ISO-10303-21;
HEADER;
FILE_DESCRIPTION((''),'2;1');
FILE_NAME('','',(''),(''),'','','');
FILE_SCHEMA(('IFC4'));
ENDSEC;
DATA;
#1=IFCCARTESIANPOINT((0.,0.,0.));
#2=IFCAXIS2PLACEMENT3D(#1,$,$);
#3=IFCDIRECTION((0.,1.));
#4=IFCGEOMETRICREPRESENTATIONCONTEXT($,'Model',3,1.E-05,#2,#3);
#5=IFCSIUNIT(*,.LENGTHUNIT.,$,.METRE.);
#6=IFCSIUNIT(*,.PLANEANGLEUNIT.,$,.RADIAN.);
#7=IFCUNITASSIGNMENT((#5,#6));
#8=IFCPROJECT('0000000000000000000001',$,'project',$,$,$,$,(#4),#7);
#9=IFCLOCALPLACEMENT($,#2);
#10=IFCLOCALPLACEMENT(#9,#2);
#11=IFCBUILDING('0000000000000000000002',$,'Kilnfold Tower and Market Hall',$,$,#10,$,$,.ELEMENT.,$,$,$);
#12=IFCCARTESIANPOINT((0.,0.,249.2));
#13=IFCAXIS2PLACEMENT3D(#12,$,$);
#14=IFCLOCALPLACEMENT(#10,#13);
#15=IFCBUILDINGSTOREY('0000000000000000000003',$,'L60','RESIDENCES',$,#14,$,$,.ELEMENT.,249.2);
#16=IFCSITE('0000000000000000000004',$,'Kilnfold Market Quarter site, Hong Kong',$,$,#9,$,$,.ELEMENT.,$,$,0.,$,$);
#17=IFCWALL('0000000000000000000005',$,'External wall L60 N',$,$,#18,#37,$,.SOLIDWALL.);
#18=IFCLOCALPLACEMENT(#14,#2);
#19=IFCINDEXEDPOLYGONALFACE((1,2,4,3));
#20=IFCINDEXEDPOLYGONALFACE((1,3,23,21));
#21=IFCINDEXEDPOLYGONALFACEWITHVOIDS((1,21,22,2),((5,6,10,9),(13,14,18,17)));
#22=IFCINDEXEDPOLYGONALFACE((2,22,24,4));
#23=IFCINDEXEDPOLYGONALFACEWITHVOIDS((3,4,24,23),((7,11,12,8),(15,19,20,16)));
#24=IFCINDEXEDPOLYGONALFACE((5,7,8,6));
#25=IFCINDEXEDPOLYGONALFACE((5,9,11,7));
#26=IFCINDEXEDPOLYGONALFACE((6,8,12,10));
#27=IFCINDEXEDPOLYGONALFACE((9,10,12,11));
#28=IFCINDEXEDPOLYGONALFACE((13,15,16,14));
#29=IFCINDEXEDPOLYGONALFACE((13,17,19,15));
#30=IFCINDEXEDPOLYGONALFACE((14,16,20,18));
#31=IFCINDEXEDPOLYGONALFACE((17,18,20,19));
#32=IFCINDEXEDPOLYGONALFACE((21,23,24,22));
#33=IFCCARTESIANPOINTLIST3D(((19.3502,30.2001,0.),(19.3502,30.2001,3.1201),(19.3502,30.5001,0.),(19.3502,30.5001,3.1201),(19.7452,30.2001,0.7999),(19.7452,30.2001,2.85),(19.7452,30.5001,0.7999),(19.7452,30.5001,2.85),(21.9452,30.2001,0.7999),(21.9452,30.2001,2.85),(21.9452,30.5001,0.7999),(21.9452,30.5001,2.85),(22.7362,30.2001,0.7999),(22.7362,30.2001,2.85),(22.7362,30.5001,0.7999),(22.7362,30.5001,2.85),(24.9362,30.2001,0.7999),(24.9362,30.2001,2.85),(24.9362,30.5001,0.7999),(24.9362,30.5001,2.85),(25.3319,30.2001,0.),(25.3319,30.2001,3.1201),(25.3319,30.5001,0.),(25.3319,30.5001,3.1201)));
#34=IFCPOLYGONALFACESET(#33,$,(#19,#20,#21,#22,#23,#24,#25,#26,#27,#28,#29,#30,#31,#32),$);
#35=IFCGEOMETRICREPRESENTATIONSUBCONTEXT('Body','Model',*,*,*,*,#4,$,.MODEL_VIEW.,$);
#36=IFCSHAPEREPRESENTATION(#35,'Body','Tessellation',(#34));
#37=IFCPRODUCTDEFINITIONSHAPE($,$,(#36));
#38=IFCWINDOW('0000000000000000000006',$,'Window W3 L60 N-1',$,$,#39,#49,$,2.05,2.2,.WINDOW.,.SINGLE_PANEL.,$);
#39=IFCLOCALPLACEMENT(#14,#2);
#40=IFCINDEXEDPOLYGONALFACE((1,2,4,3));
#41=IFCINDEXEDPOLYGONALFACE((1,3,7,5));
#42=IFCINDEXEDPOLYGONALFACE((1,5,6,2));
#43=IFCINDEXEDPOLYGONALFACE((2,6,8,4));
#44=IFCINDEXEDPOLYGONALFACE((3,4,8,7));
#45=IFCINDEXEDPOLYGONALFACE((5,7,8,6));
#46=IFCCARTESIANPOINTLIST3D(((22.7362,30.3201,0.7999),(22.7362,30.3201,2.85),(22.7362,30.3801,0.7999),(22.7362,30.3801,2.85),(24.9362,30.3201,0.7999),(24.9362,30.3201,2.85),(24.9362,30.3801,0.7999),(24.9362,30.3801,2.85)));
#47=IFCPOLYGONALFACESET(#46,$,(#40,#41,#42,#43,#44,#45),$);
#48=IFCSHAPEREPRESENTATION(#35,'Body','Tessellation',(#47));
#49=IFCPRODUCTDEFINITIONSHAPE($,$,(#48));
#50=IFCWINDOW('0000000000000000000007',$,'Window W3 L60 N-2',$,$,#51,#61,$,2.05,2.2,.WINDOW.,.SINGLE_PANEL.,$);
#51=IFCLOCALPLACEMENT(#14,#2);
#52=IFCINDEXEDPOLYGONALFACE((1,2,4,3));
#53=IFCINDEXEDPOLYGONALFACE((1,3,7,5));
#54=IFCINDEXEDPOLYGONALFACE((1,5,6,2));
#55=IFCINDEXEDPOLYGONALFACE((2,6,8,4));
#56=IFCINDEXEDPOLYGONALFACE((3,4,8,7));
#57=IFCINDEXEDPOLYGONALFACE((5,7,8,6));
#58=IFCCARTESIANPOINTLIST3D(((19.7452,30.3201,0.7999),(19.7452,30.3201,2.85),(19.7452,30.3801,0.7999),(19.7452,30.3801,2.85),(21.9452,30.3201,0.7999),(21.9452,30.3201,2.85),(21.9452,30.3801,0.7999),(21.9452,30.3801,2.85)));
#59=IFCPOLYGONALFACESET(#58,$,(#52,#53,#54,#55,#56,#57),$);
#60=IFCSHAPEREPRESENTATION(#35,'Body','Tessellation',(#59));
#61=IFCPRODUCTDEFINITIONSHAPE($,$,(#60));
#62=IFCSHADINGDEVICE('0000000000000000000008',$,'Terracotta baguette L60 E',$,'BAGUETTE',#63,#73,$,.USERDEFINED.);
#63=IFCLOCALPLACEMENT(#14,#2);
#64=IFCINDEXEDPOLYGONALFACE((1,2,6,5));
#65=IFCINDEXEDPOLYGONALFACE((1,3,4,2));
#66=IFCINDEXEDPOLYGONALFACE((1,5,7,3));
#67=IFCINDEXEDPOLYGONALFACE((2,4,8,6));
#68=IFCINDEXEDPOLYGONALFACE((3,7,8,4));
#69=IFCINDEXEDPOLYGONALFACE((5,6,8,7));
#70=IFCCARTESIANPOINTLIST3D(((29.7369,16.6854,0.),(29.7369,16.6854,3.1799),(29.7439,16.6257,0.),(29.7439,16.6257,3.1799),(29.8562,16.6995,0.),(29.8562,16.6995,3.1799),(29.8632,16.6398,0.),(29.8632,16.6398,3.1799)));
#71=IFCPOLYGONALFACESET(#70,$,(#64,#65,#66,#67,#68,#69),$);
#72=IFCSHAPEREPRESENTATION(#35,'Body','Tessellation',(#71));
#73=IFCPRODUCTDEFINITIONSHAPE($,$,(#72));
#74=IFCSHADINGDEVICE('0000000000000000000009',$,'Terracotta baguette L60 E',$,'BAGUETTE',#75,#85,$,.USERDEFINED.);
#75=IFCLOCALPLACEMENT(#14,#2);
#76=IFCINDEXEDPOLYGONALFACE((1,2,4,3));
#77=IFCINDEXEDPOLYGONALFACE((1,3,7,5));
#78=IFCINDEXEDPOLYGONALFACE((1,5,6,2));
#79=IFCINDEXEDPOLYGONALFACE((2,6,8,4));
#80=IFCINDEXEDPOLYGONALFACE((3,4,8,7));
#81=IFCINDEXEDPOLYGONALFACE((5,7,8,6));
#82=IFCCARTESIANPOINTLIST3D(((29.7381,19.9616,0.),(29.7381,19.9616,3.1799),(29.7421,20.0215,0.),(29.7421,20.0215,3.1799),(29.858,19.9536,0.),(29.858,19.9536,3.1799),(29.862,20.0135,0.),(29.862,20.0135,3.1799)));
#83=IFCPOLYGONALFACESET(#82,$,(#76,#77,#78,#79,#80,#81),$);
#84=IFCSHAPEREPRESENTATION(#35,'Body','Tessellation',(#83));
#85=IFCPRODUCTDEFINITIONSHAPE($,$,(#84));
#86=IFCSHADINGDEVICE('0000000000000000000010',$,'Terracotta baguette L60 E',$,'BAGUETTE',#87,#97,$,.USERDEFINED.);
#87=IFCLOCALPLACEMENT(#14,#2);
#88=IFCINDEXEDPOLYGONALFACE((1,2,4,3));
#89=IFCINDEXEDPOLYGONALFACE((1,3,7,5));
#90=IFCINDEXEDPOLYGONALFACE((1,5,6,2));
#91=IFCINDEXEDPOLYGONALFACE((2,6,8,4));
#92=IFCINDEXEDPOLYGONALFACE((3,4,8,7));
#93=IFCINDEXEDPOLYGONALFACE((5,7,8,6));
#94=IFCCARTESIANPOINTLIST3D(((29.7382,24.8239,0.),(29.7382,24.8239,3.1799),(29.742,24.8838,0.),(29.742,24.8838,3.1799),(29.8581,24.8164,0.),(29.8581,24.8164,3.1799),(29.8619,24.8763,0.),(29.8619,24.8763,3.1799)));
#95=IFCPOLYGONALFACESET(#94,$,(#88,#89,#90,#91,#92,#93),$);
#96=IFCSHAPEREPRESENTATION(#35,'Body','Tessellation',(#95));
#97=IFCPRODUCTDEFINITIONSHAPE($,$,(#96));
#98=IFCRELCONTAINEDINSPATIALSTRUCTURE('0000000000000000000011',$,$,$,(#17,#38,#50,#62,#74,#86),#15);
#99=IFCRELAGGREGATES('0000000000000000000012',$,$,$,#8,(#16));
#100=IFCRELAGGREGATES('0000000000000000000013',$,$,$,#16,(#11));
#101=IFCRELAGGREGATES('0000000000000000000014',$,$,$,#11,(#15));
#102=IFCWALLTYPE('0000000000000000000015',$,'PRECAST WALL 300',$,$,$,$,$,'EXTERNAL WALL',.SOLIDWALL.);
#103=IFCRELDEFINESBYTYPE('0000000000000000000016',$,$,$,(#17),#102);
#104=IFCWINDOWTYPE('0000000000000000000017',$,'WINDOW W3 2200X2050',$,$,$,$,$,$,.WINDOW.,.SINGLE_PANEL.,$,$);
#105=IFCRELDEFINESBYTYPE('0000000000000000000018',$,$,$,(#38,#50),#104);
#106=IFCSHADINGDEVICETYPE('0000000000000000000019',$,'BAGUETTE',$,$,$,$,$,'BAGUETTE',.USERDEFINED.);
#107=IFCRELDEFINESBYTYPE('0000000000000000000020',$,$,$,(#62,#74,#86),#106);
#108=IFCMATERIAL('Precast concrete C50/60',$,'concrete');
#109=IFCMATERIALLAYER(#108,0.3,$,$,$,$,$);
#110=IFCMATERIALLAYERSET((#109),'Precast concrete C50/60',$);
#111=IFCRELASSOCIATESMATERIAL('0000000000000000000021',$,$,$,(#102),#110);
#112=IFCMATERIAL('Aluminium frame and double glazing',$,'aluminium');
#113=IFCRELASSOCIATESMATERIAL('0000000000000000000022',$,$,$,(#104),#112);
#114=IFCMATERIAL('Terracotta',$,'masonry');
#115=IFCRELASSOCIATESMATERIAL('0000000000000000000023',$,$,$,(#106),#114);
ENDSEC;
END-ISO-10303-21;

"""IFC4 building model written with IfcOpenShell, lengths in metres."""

from ifc_helpers import new_model, si_unit, direction, frame, frame_2d, origin, origin_2d, place, context, subcontext, project, spatial, rectangle, extrude, source, transform, mapped, material, layer, layer_set, material_profile, profile_set, type_object, element, fill, save


model = new_model("IFC4")

# Units and contexts
model_context = context("Model", 3, precision=1e-05, world=origin(), true_north=direction((0.0, 1.0)))
body_context = subcontext(model_context, "Body", "Model", "MODEL_VIEW")
ifc_project = project(units=[si_unit("LENGTHUNIT", "METRE"), si_unit("PLANEANGLEUNIT", "RADIAN")], contexts=[model_context])

# Site, building, storey
site_placement = place(None, origin())
site = spatial("IfcSite", under=ifc_project, at=site_placement, Name="Kilnfold Market Quarter site, Hong Kong", CompositionType="ELEMENT", RefElevation=0.0)
building_placement = place(site_placement, origin())
building = spatial("IfcBuilding", under=site, at=building_placement, Name="Kilnfold Tower and Market Hall", CompositionType="ELEMENT")
storey_placement = place(building_placement, frame((0.0, 0.0, 249.2)))
storey = spatial("IfcBuildingStorey", under=building, at=storey_placement, Name="L60", Description="RESIDENCES", CompositionType="ELEMENT", Elevation=249.2)

# Shared definitions
ifc_material_1 = material(Name="Precast concrete C50/60", Category="concrete")
ifc_layer_1 = layer(ifc_material_1, 0.3)
ifc_layer_set_1 = layer_set([ifc_layer_1], Name="Precast concrete C50/60")
wall_type_1 = type_object("IfcWallType", Name="PRECAST WALL 300", ElementType="EXTERNAL WALL", PredefinedType="SOLIDWALL", material=ifc_layer_set_1)
ifc_material_2 = material(Name="Aluminium frame and double glazing", Category="aluminium")
window_type_1 = type_object("IfcWindowType", Name="WINDOW W3 2200X2050", PartitioningType="SINGLE_PANEL", PredefinedType="WINDOW", material=ifc_material_2)

# Wall, openings, windows
shared_shape_1 = source(origin(), body_context, "Body", "SweptSolid", [
    extrude(rectangle(XDim=5.9817, YDim=0.3, at=frame_2d((2.9907, 0.0))), origin(), (0.0, 0.0, 1.0), 3.1201),
])
wall_1_placement = place(storey_placement, frame((25.3318, 30.3501, 0.0), z_axis=(0.0, 0.0, 1.0), x_axis=(-1.0, 0.0, 0.0)))
wall_1 = element("IfcWall", 1, at=wall_1_placement, inside=storey, type_object=wall_type_1, Name="External wall L60 N", PredefinedType="SOLIDWALL", context=body_context, shape_type="MappedRepresentation", body=[
    mapped(shared_shape_1, transform((0.0, 0.0, 0.0))),
])
opening_1_placement = place(wall_1_placement, frame((0.3955, 0.0, 0.8)))
opening_1 = element("IfcOpeningElement", 2, at=opening_1_placement, cuts=wall_1, PredefinedType="OPENING", context=body_context, shape_type="SweptSolid", body=[
    extrude(rectangle(XDim=2.2, YDim=2.05, at=frame_2d((1.1001, 1.0249))), frame((0.0, 0.1602, 0.0), z_axis=(0.0, -1.0, 0.0), x_axis=(1.0, 0.0, 0.0)), (0.0, 0.0, 1.0), 0.3201),
])
opening_2_placement = place(wall_1_placement, frame((3.3865, 0.0, 0.8)))
opening_2 = element("IfcOpeningElement", 3, at=opening_2_placement, cuts=wall_1, PredefinedType="OPENING", context=body_context, shape_type="SweptSolid", body=[
    extrude(rectangle(XDim=2.2, YDim=2.05, at=frame_2d((1.1001, 1.0249))), frame((0.0, 0.1602, 0.0), z_axis=(0.0, -1.0, 0.0), x_axis=(1.0, 0.0, 0.0)), (0.0, 0.0, 1.0), 0.3201),
])
window_1_placement = place(opening_1_placement, origin())
window_1 = element("IfcWindow", 4, at=window_1_placement, inside=storey, type_object=window_type_1, Name="Window W3 L60 N-1", OverallHeight=2.05, OverallWidth=2.2, PartitioningType="SINGLE_PANEL", PredefinedType="WINDOW", context=body_context, shape_type="SweptSolid", body=[
    extrude(rectangle(XDim=2.2, YDim=2.05, at=frame_2d((1.1001, 1.0249))), frame((0.0, 0.03, 0.0), z_axis=(0.0, -1.0, 0.0), x_axis=(1.0, 0.0, 0.0)), (0.0, 0.0, 1.0), 0.0601),
])
fill(opening_1, window_1)
window_2_placement = place(opening_2_placement, origin())
window_2 = element("IfcWindow", 5, at=window_2_placement, inside=storey, type_object=window_type_1, Name="Window W3 L60 N-2", OverallHeight=2.05, OverallWidth=2.2, PartitioningType="SINGLE_PANEL", PredefinedType="WINDOW", context=body_context, shape_type="SweptSolid", body=[
    extrude(rectangle(XDim=2.2, YDim=2.05, at=frame_2d((1.1001, 1.0249))), frame((0.0, 0.03, 0.0), z_axis=(0.0, -1.0, 0.0), x_axis=(1.0, 0.0, 0.0)), (0.0, 0.0, 1.0), 0.0601),
])
fill(opening_2, window_2)

# Shading devices
ifc_material_3 = material(Name="Terracotta", Category="masonry")
ifc_material_profile_1 = material_profile(ifc_material_3, rectangle(XDim=0.0601, YDim=0.1201, at=origin_2d()), Name="BAG 60x120")
ifc_profile_set_1 = profile_set([ifc_material_profile_1], Name="Terracotta")
shading_device_type = type_object("IfcShadingDeviceType", Name="BAGUETTE", ElementType="BAGUETTE", PredefinedType="USERDEFINED", material=ifc_profile_set_1)
shared_shape_2 = source(origin(), body_context, "Body", "SweptSolid", [
    extrude(rectangle(XDim=0.0601, YDim=0.1201, at=origin_2d()), origin(), (0.0, 0.0, 1.0), 3.1799),
])
for number, where, z_axis, x_axis, name in (
    (6, (29.8, 16.6626, 0.0), (0.0, 0.0, 1.0), (-0.117073, 0.993123, 0.0), "Terracotta baguette L60 E"),
    (7, (29.8, 19.9875, 0.0), (0.0, 0.0, 1.0), (0.066185, 0.997807, 0.0), "Terracotta baguette L60 E"),
    (8, (29.8, 24.8501, 0.0), (0.0, 0.0, 1.0), (0.06258, 0.99804, 0.0), "Terracotta baguette L60 E"),
):
    element("IfcShadingDevice", number, at=place(storey_placement, frame(where, z_axis=z_axis, x_axis=x_axis)), inside=storey, type_object=shading_device_type, Name=name, ObjectType="BAGUETTE", PredefinedType="USERDEFINED", context=body_context, shape_type="MappedRepresentation", body=[
        mapped(shared_shape_2, transform((0.0, 0.0, 0.0))),
    ])

save(model, "model.ifc")
